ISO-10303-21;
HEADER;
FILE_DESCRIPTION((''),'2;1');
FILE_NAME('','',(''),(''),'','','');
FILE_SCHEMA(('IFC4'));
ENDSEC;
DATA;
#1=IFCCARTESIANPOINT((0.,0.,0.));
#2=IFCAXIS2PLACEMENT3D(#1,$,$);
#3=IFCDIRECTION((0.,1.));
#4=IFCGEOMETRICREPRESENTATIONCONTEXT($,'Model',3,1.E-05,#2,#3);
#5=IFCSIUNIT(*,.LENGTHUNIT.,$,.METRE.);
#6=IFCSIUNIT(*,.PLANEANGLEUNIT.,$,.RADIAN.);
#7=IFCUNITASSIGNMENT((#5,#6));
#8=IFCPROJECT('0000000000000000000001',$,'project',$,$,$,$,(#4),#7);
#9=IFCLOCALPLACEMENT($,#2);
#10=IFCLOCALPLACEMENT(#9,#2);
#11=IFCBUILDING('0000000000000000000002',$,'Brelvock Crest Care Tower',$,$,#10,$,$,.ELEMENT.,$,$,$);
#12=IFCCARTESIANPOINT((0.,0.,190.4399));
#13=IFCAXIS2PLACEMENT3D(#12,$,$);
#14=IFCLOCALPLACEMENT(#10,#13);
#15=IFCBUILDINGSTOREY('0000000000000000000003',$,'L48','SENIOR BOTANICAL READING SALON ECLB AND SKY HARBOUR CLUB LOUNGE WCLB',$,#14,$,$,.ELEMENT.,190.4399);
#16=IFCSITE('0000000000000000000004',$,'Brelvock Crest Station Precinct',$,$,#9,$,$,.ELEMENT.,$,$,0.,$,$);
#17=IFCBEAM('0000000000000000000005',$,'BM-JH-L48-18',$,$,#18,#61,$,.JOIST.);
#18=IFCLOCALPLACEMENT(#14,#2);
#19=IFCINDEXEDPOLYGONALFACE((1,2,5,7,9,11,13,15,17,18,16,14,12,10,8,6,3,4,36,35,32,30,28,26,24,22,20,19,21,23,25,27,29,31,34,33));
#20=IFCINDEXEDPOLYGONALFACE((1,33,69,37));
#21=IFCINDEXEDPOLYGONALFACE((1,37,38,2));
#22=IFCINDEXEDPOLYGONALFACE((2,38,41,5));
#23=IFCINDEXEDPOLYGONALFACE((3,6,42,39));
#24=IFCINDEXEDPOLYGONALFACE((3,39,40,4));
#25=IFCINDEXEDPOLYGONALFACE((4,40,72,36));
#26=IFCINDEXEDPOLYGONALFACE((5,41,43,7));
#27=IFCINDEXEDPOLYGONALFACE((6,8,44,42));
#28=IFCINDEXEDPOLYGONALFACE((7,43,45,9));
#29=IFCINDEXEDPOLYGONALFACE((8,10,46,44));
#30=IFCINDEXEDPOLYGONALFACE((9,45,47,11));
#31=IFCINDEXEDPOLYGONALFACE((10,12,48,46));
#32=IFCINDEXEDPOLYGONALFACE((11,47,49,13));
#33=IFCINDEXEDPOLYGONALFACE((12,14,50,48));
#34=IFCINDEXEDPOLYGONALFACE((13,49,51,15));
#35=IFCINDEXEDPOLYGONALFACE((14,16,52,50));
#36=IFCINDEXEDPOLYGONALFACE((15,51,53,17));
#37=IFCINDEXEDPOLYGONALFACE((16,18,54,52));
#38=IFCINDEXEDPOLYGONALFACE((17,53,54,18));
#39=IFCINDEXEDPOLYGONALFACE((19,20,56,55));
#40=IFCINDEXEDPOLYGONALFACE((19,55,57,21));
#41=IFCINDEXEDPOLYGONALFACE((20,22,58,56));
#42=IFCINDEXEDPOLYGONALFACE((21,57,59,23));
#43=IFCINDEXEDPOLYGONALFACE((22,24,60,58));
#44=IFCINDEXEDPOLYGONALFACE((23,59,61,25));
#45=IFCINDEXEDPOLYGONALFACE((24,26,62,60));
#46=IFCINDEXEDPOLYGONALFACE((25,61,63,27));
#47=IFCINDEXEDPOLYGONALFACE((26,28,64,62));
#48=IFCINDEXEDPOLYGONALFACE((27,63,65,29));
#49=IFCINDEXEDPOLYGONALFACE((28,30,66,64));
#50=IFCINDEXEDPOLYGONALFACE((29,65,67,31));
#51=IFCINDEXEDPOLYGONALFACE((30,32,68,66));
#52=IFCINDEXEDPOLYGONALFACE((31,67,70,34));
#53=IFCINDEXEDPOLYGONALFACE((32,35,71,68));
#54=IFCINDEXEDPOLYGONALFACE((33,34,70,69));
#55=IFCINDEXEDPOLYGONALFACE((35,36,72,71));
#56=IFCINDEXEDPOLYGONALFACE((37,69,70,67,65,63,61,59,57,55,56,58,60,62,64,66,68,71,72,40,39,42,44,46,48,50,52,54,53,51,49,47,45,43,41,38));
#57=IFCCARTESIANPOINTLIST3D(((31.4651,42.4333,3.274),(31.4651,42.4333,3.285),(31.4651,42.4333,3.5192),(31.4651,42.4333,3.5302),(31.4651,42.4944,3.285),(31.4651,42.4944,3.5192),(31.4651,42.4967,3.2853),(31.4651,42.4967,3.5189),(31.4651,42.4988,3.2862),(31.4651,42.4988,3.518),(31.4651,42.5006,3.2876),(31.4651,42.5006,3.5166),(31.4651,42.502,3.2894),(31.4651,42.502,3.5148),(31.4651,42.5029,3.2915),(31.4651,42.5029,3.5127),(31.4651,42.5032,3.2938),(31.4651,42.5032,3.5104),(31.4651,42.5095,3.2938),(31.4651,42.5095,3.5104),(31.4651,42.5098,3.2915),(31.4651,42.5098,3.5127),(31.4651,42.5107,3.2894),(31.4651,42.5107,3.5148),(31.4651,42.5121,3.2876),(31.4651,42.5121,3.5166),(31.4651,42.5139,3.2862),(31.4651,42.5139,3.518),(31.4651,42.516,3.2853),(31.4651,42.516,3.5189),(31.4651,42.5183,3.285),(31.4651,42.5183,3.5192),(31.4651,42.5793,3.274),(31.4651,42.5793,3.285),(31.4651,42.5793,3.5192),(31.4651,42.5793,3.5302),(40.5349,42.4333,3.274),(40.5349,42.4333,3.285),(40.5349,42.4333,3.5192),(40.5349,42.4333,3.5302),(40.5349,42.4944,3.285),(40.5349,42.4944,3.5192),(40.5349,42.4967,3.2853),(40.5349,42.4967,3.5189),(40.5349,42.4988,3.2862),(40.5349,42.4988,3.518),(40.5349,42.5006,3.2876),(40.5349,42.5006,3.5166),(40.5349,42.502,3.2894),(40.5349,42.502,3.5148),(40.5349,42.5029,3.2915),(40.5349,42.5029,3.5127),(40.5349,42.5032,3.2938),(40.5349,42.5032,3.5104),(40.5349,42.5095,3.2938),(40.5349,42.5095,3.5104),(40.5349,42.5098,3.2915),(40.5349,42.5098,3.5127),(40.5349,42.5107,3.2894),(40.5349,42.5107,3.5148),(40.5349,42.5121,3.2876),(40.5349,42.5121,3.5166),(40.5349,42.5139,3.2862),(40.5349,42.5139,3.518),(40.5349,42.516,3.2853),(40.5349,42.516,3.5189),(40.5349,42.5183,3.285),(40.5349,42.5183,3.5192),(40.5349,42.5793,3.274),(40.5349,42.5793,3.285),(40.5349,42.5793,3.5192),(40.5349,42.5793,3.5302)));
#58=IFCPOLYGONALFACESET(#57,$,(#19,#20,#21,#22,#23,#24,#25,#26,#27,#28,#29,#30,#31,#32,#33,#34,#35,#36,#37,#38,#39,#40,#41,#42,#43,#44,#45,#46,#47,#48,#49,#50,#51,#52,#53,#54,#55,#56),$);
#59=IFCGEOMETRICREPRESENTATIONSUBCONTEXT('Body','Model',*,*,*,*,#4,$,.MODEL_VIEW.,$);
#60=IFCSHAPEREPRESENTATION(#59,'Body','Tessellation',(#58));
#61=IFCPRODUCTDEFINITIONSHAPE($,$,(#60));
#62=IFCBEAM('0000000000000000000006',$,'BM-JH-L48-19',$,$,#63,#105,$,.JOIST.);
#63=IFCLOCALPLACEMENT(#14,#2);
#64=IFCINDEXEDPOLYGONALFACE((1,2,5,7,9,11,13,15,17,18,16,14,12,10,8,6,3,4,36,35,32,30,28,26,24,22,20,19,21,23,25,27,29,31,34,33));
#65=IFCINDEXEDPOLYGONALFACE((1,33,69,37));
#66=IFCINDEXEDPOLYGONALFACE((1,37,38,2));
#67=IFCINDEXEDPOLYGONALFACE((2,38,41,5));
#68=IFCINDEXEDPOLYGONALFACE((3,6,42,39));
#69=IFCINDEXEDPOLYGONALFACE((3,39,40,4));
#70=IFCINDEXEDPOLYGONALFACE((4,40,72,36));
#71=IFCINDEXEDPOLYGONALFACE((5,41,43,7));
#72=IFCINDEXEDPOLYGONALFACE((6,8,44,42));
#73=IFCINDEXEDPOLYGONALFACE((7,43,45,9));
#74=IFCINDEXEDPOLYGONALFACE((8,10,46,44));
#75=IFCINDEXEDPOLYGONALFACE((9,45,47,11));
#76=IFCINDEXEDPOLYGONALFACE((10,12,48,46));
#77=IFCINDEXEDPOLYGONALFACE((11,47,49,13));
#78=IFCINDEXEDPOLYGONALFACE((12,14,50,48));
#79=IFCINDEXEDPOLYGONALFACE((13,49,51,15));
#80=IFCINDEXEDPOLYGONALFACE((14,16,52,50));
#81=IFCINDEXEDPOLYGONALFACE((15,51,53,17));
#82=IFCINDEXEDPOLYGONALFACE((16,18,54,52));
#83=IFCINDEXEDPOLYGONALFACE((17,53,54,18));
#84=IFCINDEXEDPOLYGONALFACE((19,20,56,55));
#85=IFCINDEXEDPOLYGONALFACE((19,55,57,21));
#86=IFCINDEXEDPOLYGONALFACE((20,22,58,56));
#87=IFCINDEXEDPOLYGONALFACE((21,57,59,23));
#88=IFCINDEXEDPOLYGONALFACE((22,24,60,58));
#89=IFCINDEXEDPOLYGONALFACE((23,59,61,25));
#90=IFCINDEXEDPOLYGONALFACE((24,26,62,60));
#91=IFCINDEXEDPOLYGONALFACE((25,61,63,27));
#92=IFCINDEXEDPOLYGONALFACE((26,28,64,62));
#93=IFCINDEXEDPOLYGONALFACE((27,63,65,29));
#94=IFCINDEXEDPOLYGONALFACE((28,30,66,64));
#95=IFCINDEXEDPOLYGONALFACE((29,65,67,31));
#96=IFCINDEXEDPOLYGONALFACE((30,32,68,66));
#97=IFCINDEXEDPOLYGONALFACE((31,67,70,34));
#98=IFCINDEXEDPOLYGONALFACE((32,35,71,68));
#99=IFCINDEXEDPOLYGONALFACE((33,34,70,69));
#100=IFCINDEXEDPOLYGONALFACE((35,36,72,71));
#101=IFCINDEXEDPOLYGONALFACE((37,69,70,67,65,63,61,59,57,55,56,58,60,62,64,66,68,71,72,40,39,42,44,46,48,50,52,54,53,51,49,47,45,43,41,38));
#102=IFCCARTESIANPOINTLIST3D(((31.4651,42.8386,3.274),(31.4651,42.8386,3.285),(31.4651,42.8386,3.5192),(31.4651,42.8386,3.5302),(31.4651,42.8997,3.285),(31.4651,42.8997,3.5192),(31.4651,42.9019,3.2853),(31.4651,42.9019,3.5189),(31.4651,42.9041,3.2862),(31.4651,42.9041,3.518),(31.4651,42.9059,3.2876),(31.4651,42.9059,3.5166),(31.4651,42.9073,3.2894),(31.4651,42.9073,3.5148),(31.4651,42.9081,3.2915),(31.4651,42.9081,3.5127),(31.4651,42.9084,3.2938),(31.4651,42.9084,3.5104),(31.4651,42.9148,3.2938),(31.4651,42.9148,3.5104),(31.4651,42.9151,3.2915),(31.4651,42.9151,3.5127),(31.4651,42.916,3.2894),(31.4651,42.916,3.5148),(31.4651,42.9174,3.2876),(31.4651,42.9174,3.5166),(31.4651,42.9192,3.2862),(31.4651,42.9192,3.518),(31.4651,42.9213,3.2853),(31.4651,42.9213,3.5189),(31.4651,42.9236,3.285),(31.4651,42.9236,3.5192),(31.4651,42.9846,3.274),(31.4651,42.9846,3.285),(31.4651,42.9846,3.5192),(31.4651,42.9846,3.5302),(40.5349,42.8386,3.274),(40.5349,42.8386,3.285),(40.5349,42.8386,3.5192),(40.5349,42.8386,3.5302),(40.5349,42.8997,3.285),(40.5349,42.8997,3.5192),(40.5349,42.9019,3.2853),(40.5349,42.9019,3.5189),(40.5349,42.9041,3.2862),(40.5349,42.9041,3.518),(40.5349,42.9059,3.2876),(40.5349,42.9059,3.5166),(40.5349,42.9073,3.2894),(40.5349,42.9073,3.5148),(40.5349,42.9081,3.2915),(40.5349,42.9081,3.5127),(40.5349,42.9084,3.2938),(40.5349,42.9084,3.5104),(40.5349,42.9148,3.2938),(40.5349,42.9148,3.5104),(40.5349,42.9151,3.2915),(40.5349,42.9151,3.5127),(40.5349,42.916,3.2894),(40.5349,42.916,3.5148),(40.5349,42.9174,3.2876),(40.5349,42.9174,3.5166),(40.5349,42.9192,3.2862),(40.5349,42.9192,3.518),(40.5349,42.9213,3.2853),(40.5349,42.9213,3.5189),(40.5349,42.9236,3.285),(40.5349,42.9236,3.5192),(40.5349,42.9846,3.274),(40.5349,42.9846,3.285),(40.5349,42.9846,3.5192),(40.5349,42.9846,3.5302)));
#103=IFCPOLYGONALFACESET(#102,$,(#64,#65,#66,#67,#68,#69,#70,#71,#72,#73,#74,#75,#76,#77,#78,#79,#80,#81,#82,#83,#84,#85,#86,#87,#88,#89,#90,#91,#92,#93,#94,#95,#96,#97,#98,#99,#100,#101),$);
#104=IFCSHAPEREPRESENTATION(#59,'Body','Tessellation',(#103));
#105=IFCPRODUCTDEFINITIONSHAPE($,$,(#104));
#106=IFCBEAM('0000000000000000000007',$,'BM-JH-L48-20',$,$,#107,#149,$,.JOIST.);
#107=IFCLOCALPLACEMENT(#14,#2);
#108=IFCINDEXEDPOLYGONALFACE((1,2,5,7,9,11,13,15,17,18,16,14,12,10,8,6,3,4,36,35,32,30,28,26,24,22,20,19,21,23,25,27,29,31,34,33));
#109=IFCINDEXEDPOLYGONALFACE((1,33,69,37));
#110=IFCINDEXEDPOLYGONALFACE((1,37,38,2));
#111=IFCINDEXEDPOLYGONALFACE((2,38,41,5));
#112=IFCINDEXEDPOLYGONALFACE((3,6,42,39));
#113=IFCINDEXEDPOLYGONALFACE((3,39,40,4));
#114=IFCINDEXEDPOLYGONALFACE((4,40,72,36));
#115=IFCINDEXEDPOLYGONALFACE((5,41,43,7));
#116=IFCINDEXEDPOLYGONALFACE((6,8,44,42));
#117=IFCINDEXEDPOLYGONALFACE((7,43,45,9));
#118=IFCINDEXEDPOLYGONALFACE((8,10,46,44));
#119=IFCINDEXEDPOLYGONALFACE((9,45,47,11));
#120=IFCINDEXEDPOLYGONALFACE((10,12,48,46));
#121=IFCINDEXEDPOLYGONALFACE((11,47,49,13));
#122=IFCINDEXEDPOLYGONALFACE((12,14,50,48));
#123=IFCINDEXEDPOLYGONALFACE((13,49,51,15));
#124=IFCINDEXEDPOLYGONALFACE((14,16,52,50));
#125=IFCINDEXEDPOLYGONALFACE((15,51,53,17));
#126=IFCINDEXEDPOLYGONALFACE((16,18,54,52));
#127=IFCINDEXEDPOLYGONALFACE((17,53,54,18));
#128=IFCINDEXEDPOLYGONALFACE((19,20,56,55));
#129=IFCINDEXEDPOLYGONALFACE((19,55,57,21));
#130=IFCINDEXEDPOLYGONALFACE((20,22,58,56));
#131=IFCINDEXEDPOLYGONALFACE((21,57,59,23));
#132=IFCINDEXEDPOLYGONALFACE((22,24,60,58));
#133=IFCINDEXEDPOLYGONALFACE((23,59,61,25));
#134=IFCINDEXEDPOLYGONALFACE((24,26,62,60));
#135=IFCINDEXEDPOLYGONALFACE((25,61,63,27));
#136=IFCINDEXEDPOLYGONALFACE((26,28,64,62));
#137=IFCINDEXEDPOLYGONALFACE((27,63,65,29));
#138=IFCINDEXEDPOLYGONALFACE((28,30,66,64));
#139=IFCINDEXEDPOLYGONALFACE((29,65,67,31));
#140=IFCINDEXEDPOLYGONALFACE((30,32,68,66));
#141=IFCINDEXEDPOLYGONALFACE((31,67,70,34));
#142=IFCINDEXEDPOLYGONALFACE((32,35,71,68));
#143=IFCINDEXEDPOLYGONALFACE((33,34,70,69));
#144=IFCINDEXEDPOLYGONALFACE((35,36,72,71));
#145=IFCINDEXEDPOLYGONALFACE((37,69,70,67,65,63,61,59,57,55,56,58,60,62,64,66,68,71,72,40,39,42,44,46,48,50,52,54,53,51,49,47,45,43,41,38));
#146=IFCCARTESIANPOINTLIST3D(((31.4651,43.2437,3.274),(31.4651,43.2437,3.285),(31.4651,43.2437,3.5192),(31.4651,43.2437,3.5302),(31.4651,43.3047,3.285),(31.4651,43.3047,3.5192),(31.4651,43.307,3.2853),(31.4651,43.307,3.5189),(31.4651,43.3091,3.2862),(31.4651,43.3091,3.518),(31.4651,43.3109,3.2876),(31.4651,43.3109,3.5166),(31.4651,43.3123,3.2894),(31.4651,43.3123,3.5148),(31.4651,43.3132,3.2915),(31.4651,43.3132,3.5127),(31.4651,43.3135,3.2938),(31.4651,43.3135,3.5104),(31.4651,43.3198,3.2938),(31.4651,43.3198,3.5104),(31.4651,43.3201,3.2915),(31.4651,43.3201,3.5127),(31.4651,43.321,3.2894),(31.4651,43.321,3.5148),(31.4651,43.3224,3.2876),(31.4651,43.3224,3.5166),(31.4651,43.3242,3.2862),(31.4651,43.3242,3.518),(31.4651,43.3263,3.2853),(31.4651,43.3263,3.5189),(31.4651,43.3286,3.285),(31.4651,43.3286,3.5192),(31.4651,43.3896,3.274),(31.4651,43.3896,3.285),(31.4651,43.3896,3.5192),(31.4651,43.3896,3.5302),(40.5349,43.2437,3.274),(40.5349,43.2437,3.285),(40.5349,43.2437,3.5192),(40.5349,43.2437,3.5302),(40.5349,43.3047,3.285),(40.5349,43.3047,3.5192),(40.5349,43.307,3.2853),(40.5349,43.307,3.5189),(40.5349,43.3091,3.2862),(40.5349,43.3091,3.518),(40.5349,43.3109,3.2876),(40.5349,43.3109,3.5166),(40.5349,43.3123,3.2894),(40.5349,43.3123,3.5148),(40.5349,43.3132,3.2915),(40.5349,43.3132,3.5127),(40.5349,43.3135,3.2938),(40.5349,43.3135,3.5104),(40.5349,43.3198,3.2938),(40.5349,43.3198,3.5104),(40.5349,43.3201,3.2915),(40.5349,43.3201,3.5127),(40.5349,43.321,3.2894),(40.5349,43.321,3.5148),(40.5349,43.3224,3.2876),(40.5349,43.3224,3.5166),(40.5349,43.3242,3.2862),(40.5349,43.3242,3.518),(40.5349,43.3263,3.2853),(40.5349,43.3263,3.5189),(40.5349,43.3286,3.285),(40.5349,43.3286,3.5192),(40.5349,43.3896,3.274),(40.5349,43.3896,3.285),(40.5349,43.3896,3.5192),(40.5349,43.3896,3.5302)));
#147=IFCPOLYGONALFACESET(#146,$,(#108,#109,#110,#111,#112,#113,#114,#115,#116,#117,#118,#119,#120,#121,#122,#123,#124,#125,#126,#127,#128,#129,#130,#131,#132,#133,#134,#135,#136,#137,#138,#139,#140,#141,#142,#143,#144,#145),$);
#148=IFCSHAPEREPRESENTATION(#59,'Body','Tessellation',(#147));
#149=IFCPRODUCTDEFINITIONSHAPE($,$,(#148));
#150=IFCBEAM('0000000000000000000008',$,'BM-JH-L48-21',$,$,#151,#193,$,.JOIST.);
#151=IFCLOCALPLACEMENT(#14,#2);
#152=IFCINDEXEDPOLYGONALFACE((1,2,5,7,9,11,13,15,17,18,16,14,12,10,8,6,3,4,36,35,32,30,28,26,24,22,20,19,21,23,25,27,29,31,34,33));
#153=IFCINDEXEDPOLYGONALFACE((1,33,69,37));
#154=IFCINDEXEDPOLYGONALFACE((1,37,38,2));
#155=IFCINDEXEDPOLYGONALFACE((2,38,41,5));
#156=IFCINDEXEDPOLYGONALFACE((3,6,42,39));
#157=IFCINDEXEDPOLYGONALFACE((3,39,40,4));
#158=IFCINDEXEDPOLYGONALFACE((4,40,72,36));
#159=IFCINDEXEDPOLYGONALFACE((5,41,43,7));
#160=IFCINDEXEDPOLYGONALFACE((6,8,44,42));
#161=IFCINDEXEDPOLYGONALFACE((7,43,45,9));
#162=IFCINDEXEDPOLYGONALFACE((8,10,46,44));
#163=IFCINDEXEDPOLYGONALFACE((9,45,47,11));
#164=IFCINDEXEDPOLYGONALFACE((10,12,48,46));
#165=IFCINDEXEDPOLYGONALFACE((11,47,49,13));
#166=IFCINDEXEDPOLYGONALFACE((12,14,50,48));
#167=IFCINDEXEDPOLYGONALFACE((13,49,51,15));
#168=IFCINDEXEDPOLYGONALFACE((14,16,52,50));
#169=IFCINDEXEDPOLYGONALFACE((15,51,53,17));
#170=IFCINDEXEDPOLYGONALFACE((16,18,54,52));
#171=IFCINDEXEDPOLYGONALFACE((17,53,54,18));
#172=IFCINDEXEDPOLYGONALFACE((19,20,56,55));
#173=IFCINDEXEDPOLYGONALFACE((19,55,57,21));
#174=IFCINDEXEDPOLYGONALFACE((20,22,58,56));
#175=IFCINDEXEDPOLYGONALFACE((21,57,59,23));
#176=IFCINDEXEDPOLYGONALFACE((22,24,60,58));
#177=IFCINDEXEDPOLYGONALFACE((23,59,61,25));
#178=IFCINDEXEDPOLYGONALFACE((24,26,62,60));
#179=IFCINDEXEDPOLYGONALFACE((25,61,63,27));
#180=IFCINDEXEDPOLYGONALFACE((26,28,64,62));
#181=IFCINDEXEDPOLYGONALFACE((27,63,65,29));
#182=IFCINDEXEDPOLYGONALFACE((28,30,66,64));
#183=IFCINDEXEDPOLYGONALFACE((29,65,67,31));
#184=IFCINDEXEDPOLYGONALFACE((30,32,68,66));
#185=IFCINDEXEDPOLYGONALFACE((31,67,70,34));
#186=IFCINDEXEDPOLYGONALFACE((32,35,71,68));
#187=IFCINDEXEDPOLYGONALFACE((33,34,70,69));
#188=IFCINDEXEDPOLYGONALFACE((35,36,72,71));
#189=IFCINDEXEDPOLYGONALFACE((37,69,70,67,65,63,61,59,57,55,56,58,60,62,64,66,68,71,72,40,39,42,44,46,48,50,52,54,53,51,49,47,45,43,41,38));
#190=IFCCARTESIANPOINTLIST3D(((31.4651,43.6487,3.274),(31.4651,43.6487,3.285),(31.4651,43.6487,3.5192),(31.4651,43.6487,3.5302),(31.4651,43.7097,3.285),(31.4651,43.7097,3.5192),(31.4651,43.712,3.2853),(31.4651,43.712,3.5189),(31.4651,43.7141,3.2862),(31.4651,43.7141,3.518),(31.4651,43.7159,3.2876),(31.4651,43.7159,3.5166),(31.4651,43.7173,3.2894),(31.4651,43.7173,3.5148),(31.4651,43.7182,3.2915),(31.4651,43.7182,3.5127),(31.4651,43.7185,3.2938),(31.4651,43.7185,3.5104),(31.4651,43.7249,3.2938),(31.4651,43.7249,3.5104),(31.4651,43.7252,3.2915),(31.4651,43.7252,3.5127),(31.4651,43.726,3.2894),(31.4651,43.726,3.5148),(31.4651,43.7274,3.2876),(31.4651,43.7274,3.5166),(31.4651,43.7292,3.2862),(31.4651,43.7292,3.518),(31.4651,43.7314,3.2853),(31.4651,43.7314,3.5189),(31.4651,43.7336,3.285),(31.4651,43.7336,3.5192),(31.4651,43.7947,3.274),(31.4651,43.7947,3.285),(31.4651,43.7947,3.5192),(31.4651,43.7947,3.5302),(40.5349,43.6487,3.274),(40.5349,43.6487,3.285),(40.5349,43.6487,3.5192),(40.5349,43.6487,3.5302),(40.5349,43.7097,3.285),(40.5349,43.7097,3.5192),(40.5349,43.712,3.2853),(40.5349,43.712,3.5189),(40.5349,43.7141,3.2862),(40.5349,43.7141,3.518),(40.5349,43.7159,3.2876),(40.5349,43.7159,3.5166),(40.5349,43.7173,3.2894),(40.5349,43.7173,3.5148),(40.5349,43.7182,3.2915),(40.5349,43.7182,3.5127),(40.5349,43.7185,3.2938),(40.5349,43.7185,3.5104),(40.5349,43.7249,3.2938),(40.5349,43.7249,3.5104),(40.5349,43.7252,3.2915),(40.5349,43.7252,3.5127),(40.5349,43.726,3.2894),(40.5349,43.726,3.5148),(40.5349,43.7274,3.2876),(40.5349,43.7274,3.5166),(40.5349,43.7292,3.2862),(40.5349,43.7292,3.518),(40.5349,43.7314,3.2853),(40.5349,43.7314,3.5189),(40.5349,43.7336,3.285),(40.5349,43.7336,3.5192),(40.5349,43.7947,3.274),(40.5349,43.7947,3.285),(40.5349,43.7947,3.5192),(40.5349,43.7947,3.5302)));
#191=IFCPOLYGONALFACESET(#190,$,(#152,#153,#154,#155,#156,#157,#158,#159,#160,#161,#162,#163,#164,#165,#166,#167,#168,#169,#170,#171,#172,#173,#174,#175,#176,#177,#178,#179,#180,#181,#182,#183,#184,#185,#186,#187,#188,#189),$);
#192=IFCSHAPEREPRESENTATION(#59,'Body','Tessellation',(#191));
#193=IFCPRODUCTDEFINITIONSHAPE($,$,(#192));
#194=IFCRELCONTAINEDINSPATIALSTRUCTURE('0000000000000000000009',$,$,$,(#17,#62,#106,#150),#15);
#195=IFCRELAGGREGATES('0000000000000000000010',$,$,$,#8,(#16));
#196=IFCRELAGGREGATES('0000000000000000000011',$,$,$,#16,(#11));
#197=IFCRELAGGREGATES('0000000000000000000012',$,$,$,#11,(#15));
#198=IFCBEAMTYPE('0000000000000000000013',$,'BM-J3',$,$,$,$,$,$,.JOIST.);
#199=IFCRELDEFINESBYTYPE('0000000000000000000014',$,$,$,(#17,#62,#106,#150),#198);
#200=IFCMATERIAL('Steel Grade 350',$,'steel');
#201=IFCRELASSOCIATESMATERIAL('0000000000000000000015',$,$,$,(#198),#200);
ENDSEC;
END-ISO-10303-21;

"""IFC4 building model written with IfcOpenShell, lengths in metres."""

from ifc_helpers import new_model, si_unit, direction, frame, origin, origin_2d, place, context, subcontext, project, spatial, i_section, extrude, source, transform, mapped, material, material_profile, profile_set, type_object, element, save


model = new_model("IFC4")

# Units and contexts
model_context = context("Model", 3, precision=1e-05, world=origin(), true_north=direction((0.0, 1.0)))
body_context = subcontext(model_context, "Body", "Model", "MODEL_VIEW")
ifc_project = project(units=[si_unit("LENGTHUNIT", "METRE"), si_unit("PLANEANGLEUNIT", "RADIAN")], contexts=[model_context])

# Site, building, storey
site_placement = place(None, origin())
site = spatial("IfcSite", under=ifc_project, at=site_placement, Name="Brelvock Crest Station Precinct", CompositionType="ELEMENT", RefElevation=0.0)
building_placement = place(site_placement, origin())
building = spatial("IfcBuilding", under=site, at=building_placement, Name="Brelvock Crest Care Tower", CompositionType="ELEMENT")
storey_placement = place(building_placement, frame((0.0, 0.0, 190.4399)))
storey = spatial("IfcBuildingStorey", under=building, at=storey_placement, Name="L48", Description="SENIOR BOTANICAL READING SALON ECLB AND SKY HARBOUR CLUB LOUNGE WCLB", CompositionType="ELEMENT", Elevation=190.4399)

# Beams
ifc_material = material(Name="Steel Grade 350", Category="steel")
ifc_material_profile_1 = material_profile(ifc_material, i_section(OverallWidth=0.146, OverallDepth=0.2561, WebThickness=0.0063, FlangeThickness=0.011, FilletRadius=0.0088, at=origin_2d()), Name="250UB37.3")
ifc_profile_set_1 = profile_set([ifc_material_profile_1], Name="Steel Grade 350")
beam_type_1 = type_object("IfcBeamType", Name="BM-J3", PredefinedType="JOIST", material=ifc_profile_set_1)
shared_shape_1 = source(origin(), body_context, "Body", "SweptSolid", [
    extrude(i_section(OverallWidth=0.146, OverallDepth=0.2561, WebThickness=0.0063, FlangeThickness=0.011, FilletRadius=0.0088, at=origin_2d()), origin(), (0.0, 0.0, 1.0), 9.0698),
])
for number, where, z_axis, x_axis, name in (
    (1, (31.4651, 42.5063, 3.4021), (1.0, 0.0, 0.0), (0.0, 1.0, 0.0), "BM-JH-L48-18"),
    (2, (31.4651, 42.9116, 3.4021), (1.0, 0.0, 0.0), (0.0, 1.0, 0.0), "BM-JH-L48-19"),
    (3, (31.4651, 43.3167, 3.4021), (1.0, 0.0, 0.0), (0.0, 1.0, 0.0), "BM-JH-L48-20"),
    (4, (31.4651, 43.7217, 3.4021), (1.0, 0.0, 0.0), (0.0, 1.0, 0.0), "BM-JH-L48-21"),
):
    element("IfcBeam", number, at=place(storey_placement, frame(where, z_axis=z_axis, x_axis=x_axis)), inside=storey, type_object=beam_type_1, Name=name, PredefinedType="JOIST", context=body_context, shape_type="MappedRepresentation", body=[
        mapped(shared_shape_1, transform((0.0, 0.0, 0.0), x_axis=(1.0, 0.0, 0.0), y_axis=(0.0, 1.0, 0.0), z_axis=(0.0, 0.0, 1.0), scale=1.0)),
    ])

save(model, "model.ifc")
